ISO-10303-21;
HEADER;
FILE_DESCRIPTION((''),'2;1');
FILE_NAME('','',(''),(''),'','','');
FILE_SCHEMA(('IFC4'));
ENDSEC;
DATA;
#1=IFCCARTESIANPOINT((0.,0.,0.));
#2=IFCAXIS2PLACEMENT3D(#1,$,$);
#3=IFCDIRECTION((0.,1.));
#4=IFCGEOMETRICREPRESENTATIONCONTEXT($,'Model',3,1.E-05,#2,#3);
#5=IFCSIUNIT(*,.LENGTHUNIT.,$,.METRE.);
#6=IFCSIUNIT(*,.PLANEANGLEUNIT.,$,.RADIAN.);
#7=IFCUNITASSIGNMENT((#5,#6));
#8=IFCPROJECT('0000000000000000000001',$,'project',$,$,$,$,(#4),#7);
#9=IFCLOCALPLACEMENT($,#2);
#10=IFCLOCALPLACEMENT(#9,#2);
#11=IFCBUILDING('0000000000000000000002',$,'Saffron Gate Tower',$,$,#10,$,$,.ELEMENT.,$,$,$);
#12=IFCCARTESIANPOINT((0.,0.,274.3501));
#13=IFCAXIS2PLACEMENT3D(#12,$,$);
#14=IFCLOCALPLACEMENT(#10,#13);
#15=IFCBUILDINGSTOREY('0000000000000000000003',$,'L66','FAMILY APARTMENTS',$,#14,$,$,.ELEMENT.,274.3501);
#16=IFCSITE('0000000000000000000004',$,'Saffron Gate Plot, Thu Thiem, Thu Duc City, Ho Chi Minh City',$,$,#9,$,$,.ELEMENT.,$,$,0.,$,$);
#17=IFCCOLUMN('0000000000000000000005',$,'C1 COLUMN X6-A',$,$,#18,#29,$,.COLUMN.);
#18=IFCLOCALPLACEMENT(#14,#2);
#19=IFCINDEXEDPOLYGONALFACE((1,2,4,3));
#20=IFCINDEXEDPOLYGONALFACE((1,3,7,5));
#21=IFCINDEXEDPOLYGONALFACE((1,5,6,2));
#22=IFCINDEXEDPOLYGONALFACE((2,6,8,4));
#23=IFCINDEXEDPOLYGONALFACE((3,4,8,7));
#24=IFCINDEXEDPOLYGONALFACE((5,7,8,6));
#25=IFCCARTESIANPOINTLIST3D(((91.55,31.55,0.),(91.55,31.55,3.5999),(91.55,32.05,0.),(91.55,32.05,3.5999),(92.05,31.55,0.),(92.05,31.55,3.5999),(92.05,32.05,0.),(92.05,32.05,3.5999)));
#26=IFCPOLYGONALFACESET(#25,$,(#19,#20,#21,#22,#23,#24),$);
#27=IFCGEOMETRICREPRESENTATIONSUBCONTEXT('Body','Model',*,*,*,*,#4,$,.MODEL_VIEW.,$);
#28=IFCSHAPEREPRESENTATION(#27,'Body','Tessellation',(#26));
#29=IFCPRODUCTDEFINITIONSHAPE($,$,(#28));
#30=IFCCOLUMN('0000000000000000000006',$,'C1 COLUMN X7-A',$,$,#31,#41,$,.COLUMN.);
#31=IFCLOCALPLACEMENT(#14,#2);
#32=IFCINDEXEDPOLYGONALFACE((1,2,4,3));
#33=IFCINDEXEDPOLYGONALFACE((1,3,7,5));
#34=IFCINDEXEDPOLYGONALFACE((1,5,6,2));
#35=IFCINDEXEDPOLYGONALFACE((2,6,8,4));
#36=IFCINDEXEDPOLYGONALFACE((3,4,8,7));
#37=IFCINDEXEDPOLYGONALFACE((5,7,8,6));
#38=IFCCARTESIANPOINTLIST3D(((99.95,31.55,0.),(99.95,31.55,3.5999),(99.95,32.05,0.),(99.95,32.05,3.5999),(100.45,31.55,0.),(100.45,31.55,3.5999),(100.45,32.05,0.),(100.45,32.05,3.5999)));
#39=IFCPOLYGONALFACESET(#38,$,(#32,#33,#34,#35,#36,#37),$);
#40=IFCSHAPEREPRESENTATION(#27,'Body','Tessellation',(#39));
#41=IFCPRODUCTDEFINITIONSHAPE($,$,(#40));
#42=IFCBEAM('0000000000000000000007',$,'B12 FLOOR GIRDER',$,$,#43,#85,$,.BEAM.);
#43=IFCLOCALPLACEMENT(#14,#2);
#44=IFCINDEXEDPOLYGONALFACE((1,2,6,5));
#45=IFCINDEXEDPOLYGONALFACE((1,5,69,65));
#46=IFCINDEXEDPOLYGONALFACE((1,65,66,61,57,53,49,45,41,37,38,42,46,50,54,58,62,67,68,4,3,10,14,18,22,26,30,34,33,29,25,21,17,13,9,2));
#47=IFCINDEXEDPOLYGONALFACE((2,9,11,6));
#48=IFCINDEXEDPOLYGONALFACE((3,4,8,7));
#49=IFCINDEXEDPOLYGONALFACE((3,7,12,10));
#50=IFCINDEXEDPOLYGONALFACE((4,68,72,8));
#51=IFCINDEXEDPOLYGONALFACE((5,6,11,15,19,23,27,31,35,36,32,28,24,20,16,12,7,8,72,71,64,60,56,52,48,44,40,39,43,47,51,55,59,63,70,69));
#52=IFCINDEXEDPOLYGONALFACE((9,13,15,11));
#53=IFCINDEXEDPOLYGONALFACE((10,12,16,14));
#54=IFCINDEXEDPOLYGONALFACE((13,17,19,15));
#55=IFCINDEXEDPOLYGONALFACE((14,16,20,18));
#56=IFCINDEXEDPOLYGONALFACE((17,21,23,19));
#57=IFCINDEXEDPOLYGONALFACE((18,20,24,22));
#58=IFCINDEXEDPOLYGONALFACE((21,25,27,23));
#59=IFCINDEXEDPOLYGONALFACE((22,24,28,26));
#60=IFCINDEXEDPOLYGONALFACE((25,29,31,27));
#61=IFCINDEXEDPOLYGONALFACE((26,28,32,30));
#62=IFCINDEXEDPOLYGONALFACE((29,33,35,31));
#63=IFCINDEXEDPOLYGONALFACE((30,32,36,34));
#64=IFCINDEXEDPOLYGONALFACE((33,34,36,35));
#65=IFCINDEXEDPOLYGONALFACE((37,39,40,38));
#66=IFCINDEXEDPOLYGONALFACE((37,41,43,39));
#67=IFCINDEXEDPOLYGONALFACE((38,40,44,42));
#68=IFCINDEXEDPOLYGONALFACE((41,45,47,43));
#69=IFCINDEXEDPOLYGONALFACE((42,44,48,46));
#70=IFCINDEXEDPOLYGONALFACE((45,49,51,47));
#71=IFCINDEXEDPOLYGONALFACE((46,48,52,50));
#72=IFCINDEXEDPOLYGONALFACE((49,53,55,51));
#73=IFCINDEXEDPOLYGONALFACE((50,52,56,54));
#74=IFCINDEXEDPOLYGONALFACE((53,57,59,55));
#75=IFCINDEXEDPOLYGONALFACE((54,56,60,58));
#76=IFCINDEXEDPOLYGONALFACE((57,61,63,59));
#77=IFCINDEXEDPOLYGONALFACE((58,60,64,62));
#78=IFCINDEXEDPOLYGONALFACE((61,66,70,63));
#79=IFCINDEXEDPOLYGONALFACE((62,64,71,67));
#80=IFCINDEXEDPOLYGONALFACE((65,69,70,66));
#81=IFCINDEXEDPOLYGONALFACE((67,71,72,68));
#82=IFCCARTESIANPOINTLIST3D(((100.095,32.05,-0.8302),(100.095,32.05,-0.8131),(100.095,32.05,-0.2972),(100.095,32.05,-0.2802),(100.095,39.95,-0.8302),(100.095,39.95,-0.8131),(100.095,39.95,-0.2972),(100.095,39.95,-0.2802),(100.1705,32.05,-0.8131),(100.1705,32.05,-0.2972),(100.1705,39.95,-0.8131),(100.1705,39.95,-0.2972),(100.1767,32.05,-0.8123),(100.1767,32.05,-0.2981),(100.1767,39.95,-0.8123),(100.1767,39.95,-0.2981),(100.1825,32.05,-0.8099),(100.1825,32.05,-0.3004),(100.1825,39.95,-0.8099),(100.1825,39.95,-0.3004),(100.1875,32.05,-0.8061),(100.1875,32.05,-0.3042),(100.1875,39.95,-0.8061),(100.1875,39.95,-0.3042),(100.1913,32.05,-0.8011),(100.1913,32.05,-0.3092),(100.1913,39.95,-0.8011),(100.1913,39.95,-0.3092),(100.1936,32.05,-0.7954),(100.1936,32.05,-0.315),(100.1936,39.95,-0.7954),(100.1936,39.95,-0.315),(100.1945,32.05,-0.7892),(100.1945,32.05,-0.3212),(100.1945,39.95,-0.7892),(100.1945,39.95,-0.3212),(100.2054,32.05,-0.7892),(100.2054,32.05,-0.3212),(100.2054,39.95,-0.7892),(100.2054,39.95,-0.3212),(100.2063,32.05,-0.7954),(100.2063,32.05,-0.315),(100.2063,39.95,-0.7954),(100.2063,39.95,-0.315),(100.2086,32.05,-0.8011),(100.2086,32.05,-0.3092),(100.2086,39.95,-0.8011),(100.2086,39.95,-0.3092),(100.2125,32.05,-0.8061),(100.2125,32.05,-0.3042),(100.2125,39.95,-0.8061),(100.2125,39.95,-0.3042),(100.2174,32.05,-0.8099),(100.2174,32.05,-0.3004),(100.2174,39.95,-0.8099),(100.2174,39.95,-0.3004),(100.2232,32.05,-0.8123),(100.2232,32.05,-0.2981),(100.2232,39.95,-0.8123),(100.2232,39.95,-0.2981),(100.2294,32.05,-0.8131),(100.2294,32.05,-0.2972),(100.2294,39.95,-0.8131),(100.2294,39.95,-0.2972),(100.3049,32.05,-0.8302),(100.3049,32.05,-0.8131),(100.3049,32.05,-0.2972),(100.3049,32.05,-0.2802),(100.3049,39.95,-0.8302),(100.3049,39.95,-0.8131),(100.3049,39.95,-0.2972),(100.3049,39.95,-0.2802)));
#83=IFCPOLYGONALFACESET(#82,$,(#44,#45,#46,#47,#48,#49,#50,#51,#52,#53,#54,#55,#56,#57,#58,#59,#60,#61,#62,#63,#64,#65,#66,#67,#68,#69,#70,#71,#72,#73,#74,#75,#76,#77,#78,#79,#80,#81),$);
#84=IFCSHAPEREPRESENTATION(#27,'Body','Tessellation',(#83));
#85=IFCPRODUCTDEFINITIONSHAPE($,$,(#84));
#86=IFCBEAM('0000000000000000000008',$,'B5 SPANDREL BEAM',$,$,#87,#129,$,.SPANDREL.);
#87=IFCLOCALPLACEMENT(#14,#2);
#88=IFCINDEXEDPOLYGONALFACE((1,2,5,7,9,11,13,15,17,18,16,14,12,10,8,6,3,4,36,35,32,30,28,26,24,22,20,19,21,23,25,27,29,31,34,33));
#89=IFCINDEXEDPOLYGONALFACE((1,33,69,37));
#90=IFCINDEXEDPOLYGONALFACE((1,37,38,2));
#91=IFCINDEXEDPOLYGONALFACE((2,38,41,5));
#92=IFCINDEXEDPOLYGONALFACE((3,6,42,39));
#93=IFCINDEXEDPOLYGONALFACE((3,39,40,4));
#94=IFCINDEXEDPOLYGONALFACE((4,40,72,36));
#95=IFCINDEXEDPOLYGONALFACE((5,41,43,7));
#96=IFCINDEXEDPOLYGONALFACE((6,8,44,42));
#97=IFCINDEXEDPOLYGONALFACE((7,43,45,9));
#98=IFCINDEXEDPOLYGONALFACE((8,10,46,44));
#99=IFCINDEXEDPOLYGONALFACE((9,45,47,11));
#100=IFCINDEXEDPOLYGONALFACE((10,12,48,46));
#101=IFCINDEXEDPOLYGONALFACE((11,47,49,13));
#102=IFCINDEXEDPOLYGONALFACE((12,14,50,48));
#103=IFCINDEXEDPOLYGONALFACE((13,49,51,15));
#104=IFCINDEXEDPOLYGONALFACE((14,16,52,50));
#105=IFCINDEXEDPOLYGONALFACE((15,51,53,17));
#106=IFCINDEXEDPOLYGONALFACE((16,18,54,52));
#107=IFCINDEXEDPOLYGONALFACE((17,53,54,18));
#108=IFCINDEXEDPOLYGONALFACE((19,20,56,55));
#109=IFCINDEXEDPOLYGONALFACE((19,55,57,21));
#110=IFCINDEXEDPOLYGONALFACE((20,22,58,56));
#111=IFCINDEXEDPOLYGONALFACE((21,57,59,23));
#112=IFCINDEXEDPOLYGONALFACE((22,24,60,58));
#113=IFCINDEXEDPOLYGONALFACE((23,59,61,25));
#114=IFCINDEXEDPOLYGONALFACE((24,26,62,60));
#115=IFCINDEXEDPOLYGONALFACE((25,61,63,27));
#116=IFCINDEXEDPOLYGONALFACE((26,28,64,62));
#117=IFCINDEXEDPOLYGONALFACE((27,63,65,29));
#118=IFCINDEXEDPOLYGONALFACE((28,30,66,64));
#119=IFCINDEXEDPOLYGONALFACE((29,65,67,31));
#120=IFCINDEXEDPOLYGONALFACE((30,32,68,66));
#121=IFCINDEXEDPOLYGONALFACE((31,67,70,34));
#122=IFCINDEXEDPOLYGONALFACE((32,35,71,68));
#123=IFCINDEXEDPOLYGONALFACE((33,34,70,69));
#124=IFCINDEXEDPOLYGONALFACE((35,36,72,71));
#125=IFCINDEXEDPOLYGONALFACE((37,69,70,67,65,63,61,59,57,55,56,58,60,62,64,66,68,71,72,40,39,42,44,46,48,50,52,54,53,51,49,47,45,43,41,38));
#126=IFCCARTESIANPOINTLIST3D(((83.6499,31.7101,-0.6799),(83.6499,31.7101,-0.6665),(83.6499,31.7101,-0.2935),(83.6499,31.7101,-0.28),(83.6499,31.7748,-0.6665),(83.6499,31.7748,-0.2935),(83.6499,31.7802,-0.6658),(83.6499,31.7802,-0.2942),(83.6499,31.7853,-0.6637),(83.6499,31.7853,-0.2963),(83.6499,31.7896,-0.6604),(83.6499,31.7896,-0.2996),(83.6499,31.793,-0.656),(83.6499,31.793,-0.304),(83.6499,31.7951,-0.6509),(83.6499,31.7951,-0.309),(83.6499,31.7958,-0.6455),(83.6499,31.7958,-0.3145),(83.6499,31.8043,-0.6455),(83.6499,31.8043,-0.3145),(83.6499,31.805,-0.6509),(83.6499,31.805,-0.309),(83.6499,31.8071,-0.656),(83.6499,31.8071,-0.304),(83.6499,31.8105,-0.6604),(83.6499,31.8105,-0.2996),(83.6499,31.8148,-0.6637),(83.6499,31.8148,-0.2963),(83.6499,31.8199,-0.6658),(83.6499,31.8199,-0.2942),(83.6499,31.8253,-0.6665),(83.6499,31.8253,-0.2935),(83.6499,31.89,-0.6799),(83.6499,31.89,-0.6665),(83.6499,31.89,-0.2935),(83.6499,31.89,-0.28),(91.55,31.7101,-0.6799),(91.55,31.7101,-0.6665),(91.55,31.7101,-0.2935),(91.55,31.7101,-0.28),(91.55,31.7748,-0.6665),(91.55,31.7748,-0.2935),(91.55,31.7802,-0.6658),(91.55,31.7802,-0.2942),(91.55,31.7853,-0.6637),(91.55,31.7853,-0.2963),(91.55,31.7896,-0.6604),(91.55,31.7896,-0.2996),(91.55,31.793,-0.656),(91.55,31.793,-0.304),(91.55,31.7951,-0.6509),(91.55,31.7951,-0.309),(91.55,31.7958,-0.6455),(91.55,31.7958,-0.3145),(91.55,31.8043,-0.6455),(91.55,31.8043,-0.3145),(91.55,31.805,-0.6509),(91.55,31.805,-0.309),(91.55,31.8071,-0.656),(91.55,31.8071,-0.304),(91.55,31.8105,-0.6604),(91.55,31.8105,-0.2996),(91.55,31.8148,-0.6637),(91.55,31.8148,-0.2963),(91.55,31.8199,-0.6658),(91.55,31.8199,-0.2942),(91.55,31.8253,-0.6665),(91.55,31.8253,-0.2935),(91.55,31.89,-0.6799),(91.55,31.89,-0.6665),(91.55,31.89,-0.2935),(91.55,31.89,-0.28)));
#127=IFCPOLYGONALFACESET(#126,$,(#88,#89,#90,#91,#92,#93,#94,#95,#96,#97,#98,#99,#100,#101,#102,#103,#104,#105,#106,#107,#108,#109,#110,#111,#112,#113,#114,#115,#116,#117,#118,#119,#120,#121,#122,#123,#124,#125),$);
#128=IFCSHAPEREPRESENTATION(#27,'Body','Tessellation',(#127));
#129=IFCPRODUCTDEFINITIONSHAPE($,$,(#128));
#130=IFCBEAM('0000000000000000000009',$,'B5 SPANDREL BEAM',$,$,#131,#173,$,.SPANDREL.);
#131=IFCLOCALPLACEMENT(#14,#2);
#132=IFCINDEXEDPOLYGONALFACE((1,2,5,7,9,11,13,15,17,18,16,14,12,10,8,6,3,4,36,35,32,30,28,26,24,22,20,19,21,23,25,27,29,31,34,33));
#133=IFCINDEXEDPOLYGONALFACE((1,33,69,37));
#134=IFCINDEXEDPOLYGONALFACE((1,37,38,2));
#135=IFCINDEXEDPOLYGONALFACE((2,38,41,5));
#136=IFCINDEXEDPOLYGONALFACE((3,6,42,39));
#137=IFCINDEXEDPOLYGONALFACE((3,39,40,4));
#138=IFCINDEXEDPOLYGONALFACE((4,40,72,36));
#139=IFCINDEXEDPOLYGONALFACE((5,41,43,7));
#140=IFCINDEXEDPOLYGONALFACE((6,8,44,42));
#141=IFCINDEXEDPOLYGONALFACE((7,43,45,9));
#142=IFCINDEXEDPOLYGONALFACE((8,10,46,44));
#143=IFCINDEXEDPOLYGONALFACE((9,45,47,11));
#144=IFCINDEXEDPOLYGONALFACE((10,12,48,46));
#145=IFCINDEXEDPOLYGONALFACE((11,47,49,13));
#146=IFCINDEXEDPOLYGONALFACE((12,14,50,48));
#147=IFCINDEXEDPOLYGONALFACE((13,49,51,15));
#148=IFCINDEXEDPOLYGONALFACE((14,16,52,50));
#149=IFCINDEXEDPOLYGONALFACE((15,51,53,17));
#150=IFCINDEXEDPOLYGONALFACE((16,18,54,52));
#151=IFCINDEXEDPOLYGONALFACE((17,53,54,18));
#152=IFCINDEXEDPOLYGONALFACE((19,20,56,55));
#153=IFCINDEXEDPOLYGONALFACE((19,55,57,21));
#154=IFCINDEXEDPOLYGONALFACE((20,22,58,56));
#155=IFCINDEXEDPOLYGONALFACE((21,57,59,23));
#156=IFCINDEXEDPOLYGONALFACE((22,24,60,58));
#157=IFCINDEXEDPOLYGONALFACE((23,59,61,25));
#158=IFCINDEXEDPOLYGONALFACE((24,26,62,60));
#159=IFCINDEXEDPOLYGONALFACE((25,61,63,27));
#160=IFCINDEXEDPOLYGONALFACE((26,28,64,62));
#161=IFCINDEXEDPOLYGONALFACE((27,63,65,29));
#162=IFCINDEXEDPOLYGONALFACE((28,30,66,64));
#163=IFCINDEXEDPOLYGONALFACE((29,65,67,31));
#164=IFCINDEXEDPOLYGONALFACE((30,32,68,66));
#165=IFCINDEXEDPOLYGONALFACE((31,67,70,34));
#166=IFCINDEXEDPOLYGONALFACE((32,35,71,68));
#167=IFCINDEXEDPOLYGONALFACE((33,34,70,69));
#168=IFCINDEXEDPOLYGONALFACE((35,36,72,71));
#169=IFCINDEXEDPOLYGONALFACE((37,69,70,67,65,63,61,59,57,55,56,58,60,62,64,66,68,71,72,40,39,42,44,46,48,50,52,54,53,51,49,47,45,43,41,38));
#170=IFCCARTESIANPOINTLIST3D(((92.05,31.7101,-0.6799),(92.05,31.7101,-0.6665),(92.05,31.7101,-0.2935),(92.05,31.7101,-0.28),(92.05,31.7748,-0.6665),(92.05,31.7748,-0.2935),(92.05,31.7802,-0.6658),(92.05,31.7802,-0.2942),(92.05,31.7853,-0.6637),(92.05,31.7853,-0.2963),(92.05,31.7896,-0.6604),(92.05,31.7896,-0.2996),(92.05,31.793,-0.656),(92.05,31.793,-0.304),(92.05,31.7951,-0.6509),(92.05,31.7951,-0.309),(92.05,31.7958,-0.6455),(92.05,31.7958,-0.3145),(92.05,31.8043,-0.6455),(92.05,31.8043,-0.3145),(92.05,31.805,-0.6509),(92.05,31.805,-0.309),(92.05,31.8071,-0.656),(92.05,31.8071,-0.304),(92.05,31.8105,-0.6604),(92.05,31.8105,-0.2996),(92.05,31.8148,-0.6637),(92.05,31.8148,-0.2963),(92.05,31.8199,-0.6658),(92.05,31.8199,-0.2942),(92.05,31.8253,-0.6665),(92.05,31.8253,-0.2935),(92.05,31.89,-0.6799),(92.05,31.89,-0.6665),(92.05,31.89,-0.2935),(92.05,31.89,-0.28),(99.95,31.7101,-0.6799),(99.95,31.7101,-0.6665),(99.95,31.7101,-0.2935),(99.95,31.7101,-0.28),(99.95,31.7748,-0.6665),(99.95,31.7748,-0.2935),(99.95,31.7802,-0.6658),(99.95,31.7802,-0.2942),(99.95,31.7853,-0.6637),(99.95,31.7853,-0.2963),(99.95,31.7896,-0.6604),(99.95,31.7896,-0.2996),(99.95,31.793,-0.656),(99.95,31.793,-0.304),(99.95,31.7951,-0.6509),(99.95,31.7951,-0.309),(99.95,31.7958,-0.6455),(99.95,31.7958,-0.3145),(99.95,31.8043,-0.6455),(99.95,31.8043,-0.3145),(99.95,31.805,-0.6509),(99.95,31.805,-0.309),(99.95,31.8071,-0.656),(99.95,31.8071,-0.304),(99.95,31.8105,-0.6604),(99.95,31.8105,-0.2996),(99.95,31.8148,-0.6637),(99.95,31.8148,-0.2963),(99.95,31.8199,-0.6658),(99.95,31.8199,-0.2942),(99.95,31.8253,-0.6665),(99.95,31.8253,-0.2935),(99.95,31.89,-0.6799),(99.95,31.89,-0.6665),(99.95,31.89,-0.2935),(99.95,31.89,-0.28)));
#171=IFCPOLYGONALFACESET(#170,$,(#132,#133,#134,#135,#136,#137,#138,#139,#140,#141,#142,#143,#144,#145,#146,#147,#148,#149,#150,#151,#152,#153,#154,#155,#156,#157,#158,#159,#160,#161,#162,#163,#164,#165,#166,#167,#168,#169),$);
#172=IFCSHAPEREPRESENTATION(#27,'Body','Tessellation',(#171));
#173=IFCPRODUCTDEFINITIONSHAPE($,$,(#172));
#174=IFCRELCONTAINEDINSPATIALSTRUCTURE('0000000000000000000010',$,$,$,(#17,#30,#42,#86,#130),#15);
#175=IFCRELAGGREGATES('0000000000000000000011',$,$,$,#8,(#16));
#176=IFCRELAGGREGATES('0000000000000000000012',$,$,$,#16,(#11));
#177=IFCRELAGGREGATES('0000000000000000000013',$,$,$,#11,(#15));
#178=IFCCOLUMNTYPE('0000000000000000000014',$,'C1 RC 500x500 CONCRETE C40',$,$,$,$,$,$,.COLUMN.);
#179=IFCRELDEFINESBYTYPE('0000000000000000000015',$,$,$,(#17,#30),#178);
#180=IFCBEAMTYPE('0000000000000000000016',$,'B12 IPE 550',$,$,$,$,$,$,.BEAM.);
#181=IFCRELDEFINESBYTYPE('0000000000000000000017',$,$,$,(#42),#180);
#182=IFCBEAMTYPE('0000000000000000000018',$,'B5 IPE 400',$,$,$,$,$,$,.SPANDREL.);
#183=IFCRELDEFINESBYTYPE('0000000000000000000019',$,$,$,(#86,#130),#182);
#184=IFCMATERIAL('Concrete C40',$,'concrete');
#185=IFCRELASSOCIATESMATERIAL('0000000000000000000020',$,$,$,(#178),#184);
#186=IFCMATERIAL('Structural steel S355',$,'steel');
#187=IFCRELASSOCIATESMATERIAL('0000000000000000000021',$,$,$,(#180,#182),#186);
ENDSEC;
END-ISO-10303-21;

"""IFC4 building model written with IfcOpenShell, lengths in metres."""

from ifc_helpers import new_model, si_unit, direction, frame, origin, origin_2d, place, context, subcontext, project, spatial, rectangle, i_section, extrude, material, material_profile, profile_set, type_object, element, save


model = new_model("IFC4")

# Units and contexts
model_context = context("Model", 3, precision=1e-05, world=origin(), true_north=direction((0.0, 1.0)))
body_context = subcontext(model_context, "Body", "Model", "MODEL_VIEW")
ifc_project = project(units=[si_unit("LENGTHUNIT", "METRE"), si_unit("PLANEANGLEUNIT", "RADIAN")], contexts=[model_context])

# Site, building, storey
site_placement = place(None, origin())
site = spatial("IfcSite", under=ifc_project, at=site_placement, Name="Saffron Gate Plot, Thu Thiem, Thu Duc City, Ho Chi Minh City", CompositionType="ELEMENT", RefElevation=0.0)
building_placement = place(site_placement, origin())
building = spatial("IfcBuilding", under=site, at=building_placement, Name="Saffron Gate Tower", CompositionType="ELEMENT")
storey_placement = place(building_placement, frame((0.0, 0.0, 274.3501)))
storey = spatial("IfcBuildingStorey", under=building, at=storey_placement, Name="L66", Description="FAMILY APARTMENTS", CompositionType="ELEMENT", Elevation=274.3501)

# Columns
ifc_material_1 = material(Name="Concrete C40", Category="concrete")
ifc_material_profile_1 = material_profile(ifc_material_1, rectangle(XDim=0.5, YDim=0.5, at=origin_2d()))
ifc_profile_set_1 = profile_set([ifc_material_profile_1], Name="Concrete C40")
column_type = type_object("IfcColumnType", Name="C1 RC 500x500 CONCRETE C40", PredefinedType="COLUMN", material=ifc_profile_set_1)
for number, where, z_axis, x_axis, name in (
    (1, (91.8, 31.8, 0.0), (0.0, 0.0, 1.0), (1.0, 0.0, 0.0), "C1 COLUMN X6-A"),
    (2, (100.2, 31.8, 0.0), (0.0, 0.0, 1.0), (1.0, 0.0, 0.0), "C1 COLUMN X7-A"),
):
    element("IfcColumn", number, at=place(storey_placement, frame(where, z_axis=z_axis, x_axis=x_axis)), inside=storey, type_object=column_type, Name=name, PredefinedType="COLUMN", context=body_context, shape_type="SweptSolid", body=[
        extrude(rectangle(XDim=0.5, YDim=0.5, at=origin_2d()), origin(), (0.0, 0.0, 1.0), 3.5999),
    ])

# Beams
ifc_material_2 = material(Name="Structural steel S355", Category="steel")
ifc_material_profile_2 = material_profile(ifc_material_2, i_section(OverallWidth=0.21, OverallDepth=0.55, WebThickness=0.011, FlangeThickness=0.0171, FilletRadius=0.0239, at=origin_2d()))
ifc_profile_set_2 = profile_set([ifc_material_profile_2], Name="Structural steel S355")
beam_type_1 = type_object("IfcBeamType", Name="B12 IPE 550", PredefinedType="BEAM", material=ifc_profile_set_2)
beam_1_placement = place(storey_placement, frame((100.2, 32.05, -0.5552), z_axis=(0.0, 1.0, 0.0), x_axis=(-1.0, 0.0, 0.0)))
element("IfcBeam", 3, at=beam_1_placement, inside=storey, type_object=beam_type_1, Name="B12 FLOOR GIRDER", PredefinedType="BEAM", context=body_context, shape_type="SweptSolid", body=[
    extrude(i_section(OverallWidth=0.21, OverallDepth=0.55, WebThickness=0.011, FlangeThickness=0.0171, FilletRadius=0.0239, at=origin_2d()), origin(), (0.0, 0.0, 1.0), 7.8999),
])
ifc_material_profile_3 = material_profile(ifc_material_2, i_section(OverallWidth=0.1799, OverallDepth=0.3999, WebThickness=0.0085, FlangeThickness=0.0134, FilletRadius=0.021, at=origin_2d()))
ifc_profile_set_3 = profile_set([ifc_material_profile_3], Name="Structural steel S355")
beam_type_2 = type_object("IfcBeamType", Name="B5 IPE 400", PredefinedType="SPANDREL", material=ifc_profile_set_3)
beam_2_placement = place(storey_placement, frame((83.6499, 31.8, -0.48), z_axis=(1.0, 0.0, 0.0), x_axis=(0.0, 1.0, 0.0)))
element("IfcBeam", 4, at=beam_2_placement, inside=storey, type_object=beam_type_2, Name="B5 SPANDREL BEAM", PredefinedType="SPANDREL", context=body_context, shape_type="SweptSolid", body=[
    extrude(i_section(OverallWidth=0.1799, OverallDepth=0.3999, WebThickness=0.0085, FlangeThickness=0.0134, FilletRadius=0.021, at=origin_2d()), origin(), (0.0, 0.0, 1.0), 7.9001),
])
beam_3_placement = place(storey_placement, frame((92.05, 31.8, -0.48), z_axis=(1.0, 0.0, 0.0), x_axis=(0.0, 1.0, 0.0)))
element("IfcBeam", 5, at=beam_3_placement, inside=storey, type_object=beam_type_2, Name="B5 SPANDREL BEAM", PredefinedType="SPANDREL", context=body_context, shape_type="SweptSolid", body=[
    extrude(i_section(OverallWidth=0.1799, OverallDepth=0.3999, WebThickness=0.0085, FlangeThickness=0.0134, FilletRadius=0.021, at=origin_2d()), origin(), (0.0, 0.0, 1.0), 7.8999),
])

save(model, "model.ifc")
